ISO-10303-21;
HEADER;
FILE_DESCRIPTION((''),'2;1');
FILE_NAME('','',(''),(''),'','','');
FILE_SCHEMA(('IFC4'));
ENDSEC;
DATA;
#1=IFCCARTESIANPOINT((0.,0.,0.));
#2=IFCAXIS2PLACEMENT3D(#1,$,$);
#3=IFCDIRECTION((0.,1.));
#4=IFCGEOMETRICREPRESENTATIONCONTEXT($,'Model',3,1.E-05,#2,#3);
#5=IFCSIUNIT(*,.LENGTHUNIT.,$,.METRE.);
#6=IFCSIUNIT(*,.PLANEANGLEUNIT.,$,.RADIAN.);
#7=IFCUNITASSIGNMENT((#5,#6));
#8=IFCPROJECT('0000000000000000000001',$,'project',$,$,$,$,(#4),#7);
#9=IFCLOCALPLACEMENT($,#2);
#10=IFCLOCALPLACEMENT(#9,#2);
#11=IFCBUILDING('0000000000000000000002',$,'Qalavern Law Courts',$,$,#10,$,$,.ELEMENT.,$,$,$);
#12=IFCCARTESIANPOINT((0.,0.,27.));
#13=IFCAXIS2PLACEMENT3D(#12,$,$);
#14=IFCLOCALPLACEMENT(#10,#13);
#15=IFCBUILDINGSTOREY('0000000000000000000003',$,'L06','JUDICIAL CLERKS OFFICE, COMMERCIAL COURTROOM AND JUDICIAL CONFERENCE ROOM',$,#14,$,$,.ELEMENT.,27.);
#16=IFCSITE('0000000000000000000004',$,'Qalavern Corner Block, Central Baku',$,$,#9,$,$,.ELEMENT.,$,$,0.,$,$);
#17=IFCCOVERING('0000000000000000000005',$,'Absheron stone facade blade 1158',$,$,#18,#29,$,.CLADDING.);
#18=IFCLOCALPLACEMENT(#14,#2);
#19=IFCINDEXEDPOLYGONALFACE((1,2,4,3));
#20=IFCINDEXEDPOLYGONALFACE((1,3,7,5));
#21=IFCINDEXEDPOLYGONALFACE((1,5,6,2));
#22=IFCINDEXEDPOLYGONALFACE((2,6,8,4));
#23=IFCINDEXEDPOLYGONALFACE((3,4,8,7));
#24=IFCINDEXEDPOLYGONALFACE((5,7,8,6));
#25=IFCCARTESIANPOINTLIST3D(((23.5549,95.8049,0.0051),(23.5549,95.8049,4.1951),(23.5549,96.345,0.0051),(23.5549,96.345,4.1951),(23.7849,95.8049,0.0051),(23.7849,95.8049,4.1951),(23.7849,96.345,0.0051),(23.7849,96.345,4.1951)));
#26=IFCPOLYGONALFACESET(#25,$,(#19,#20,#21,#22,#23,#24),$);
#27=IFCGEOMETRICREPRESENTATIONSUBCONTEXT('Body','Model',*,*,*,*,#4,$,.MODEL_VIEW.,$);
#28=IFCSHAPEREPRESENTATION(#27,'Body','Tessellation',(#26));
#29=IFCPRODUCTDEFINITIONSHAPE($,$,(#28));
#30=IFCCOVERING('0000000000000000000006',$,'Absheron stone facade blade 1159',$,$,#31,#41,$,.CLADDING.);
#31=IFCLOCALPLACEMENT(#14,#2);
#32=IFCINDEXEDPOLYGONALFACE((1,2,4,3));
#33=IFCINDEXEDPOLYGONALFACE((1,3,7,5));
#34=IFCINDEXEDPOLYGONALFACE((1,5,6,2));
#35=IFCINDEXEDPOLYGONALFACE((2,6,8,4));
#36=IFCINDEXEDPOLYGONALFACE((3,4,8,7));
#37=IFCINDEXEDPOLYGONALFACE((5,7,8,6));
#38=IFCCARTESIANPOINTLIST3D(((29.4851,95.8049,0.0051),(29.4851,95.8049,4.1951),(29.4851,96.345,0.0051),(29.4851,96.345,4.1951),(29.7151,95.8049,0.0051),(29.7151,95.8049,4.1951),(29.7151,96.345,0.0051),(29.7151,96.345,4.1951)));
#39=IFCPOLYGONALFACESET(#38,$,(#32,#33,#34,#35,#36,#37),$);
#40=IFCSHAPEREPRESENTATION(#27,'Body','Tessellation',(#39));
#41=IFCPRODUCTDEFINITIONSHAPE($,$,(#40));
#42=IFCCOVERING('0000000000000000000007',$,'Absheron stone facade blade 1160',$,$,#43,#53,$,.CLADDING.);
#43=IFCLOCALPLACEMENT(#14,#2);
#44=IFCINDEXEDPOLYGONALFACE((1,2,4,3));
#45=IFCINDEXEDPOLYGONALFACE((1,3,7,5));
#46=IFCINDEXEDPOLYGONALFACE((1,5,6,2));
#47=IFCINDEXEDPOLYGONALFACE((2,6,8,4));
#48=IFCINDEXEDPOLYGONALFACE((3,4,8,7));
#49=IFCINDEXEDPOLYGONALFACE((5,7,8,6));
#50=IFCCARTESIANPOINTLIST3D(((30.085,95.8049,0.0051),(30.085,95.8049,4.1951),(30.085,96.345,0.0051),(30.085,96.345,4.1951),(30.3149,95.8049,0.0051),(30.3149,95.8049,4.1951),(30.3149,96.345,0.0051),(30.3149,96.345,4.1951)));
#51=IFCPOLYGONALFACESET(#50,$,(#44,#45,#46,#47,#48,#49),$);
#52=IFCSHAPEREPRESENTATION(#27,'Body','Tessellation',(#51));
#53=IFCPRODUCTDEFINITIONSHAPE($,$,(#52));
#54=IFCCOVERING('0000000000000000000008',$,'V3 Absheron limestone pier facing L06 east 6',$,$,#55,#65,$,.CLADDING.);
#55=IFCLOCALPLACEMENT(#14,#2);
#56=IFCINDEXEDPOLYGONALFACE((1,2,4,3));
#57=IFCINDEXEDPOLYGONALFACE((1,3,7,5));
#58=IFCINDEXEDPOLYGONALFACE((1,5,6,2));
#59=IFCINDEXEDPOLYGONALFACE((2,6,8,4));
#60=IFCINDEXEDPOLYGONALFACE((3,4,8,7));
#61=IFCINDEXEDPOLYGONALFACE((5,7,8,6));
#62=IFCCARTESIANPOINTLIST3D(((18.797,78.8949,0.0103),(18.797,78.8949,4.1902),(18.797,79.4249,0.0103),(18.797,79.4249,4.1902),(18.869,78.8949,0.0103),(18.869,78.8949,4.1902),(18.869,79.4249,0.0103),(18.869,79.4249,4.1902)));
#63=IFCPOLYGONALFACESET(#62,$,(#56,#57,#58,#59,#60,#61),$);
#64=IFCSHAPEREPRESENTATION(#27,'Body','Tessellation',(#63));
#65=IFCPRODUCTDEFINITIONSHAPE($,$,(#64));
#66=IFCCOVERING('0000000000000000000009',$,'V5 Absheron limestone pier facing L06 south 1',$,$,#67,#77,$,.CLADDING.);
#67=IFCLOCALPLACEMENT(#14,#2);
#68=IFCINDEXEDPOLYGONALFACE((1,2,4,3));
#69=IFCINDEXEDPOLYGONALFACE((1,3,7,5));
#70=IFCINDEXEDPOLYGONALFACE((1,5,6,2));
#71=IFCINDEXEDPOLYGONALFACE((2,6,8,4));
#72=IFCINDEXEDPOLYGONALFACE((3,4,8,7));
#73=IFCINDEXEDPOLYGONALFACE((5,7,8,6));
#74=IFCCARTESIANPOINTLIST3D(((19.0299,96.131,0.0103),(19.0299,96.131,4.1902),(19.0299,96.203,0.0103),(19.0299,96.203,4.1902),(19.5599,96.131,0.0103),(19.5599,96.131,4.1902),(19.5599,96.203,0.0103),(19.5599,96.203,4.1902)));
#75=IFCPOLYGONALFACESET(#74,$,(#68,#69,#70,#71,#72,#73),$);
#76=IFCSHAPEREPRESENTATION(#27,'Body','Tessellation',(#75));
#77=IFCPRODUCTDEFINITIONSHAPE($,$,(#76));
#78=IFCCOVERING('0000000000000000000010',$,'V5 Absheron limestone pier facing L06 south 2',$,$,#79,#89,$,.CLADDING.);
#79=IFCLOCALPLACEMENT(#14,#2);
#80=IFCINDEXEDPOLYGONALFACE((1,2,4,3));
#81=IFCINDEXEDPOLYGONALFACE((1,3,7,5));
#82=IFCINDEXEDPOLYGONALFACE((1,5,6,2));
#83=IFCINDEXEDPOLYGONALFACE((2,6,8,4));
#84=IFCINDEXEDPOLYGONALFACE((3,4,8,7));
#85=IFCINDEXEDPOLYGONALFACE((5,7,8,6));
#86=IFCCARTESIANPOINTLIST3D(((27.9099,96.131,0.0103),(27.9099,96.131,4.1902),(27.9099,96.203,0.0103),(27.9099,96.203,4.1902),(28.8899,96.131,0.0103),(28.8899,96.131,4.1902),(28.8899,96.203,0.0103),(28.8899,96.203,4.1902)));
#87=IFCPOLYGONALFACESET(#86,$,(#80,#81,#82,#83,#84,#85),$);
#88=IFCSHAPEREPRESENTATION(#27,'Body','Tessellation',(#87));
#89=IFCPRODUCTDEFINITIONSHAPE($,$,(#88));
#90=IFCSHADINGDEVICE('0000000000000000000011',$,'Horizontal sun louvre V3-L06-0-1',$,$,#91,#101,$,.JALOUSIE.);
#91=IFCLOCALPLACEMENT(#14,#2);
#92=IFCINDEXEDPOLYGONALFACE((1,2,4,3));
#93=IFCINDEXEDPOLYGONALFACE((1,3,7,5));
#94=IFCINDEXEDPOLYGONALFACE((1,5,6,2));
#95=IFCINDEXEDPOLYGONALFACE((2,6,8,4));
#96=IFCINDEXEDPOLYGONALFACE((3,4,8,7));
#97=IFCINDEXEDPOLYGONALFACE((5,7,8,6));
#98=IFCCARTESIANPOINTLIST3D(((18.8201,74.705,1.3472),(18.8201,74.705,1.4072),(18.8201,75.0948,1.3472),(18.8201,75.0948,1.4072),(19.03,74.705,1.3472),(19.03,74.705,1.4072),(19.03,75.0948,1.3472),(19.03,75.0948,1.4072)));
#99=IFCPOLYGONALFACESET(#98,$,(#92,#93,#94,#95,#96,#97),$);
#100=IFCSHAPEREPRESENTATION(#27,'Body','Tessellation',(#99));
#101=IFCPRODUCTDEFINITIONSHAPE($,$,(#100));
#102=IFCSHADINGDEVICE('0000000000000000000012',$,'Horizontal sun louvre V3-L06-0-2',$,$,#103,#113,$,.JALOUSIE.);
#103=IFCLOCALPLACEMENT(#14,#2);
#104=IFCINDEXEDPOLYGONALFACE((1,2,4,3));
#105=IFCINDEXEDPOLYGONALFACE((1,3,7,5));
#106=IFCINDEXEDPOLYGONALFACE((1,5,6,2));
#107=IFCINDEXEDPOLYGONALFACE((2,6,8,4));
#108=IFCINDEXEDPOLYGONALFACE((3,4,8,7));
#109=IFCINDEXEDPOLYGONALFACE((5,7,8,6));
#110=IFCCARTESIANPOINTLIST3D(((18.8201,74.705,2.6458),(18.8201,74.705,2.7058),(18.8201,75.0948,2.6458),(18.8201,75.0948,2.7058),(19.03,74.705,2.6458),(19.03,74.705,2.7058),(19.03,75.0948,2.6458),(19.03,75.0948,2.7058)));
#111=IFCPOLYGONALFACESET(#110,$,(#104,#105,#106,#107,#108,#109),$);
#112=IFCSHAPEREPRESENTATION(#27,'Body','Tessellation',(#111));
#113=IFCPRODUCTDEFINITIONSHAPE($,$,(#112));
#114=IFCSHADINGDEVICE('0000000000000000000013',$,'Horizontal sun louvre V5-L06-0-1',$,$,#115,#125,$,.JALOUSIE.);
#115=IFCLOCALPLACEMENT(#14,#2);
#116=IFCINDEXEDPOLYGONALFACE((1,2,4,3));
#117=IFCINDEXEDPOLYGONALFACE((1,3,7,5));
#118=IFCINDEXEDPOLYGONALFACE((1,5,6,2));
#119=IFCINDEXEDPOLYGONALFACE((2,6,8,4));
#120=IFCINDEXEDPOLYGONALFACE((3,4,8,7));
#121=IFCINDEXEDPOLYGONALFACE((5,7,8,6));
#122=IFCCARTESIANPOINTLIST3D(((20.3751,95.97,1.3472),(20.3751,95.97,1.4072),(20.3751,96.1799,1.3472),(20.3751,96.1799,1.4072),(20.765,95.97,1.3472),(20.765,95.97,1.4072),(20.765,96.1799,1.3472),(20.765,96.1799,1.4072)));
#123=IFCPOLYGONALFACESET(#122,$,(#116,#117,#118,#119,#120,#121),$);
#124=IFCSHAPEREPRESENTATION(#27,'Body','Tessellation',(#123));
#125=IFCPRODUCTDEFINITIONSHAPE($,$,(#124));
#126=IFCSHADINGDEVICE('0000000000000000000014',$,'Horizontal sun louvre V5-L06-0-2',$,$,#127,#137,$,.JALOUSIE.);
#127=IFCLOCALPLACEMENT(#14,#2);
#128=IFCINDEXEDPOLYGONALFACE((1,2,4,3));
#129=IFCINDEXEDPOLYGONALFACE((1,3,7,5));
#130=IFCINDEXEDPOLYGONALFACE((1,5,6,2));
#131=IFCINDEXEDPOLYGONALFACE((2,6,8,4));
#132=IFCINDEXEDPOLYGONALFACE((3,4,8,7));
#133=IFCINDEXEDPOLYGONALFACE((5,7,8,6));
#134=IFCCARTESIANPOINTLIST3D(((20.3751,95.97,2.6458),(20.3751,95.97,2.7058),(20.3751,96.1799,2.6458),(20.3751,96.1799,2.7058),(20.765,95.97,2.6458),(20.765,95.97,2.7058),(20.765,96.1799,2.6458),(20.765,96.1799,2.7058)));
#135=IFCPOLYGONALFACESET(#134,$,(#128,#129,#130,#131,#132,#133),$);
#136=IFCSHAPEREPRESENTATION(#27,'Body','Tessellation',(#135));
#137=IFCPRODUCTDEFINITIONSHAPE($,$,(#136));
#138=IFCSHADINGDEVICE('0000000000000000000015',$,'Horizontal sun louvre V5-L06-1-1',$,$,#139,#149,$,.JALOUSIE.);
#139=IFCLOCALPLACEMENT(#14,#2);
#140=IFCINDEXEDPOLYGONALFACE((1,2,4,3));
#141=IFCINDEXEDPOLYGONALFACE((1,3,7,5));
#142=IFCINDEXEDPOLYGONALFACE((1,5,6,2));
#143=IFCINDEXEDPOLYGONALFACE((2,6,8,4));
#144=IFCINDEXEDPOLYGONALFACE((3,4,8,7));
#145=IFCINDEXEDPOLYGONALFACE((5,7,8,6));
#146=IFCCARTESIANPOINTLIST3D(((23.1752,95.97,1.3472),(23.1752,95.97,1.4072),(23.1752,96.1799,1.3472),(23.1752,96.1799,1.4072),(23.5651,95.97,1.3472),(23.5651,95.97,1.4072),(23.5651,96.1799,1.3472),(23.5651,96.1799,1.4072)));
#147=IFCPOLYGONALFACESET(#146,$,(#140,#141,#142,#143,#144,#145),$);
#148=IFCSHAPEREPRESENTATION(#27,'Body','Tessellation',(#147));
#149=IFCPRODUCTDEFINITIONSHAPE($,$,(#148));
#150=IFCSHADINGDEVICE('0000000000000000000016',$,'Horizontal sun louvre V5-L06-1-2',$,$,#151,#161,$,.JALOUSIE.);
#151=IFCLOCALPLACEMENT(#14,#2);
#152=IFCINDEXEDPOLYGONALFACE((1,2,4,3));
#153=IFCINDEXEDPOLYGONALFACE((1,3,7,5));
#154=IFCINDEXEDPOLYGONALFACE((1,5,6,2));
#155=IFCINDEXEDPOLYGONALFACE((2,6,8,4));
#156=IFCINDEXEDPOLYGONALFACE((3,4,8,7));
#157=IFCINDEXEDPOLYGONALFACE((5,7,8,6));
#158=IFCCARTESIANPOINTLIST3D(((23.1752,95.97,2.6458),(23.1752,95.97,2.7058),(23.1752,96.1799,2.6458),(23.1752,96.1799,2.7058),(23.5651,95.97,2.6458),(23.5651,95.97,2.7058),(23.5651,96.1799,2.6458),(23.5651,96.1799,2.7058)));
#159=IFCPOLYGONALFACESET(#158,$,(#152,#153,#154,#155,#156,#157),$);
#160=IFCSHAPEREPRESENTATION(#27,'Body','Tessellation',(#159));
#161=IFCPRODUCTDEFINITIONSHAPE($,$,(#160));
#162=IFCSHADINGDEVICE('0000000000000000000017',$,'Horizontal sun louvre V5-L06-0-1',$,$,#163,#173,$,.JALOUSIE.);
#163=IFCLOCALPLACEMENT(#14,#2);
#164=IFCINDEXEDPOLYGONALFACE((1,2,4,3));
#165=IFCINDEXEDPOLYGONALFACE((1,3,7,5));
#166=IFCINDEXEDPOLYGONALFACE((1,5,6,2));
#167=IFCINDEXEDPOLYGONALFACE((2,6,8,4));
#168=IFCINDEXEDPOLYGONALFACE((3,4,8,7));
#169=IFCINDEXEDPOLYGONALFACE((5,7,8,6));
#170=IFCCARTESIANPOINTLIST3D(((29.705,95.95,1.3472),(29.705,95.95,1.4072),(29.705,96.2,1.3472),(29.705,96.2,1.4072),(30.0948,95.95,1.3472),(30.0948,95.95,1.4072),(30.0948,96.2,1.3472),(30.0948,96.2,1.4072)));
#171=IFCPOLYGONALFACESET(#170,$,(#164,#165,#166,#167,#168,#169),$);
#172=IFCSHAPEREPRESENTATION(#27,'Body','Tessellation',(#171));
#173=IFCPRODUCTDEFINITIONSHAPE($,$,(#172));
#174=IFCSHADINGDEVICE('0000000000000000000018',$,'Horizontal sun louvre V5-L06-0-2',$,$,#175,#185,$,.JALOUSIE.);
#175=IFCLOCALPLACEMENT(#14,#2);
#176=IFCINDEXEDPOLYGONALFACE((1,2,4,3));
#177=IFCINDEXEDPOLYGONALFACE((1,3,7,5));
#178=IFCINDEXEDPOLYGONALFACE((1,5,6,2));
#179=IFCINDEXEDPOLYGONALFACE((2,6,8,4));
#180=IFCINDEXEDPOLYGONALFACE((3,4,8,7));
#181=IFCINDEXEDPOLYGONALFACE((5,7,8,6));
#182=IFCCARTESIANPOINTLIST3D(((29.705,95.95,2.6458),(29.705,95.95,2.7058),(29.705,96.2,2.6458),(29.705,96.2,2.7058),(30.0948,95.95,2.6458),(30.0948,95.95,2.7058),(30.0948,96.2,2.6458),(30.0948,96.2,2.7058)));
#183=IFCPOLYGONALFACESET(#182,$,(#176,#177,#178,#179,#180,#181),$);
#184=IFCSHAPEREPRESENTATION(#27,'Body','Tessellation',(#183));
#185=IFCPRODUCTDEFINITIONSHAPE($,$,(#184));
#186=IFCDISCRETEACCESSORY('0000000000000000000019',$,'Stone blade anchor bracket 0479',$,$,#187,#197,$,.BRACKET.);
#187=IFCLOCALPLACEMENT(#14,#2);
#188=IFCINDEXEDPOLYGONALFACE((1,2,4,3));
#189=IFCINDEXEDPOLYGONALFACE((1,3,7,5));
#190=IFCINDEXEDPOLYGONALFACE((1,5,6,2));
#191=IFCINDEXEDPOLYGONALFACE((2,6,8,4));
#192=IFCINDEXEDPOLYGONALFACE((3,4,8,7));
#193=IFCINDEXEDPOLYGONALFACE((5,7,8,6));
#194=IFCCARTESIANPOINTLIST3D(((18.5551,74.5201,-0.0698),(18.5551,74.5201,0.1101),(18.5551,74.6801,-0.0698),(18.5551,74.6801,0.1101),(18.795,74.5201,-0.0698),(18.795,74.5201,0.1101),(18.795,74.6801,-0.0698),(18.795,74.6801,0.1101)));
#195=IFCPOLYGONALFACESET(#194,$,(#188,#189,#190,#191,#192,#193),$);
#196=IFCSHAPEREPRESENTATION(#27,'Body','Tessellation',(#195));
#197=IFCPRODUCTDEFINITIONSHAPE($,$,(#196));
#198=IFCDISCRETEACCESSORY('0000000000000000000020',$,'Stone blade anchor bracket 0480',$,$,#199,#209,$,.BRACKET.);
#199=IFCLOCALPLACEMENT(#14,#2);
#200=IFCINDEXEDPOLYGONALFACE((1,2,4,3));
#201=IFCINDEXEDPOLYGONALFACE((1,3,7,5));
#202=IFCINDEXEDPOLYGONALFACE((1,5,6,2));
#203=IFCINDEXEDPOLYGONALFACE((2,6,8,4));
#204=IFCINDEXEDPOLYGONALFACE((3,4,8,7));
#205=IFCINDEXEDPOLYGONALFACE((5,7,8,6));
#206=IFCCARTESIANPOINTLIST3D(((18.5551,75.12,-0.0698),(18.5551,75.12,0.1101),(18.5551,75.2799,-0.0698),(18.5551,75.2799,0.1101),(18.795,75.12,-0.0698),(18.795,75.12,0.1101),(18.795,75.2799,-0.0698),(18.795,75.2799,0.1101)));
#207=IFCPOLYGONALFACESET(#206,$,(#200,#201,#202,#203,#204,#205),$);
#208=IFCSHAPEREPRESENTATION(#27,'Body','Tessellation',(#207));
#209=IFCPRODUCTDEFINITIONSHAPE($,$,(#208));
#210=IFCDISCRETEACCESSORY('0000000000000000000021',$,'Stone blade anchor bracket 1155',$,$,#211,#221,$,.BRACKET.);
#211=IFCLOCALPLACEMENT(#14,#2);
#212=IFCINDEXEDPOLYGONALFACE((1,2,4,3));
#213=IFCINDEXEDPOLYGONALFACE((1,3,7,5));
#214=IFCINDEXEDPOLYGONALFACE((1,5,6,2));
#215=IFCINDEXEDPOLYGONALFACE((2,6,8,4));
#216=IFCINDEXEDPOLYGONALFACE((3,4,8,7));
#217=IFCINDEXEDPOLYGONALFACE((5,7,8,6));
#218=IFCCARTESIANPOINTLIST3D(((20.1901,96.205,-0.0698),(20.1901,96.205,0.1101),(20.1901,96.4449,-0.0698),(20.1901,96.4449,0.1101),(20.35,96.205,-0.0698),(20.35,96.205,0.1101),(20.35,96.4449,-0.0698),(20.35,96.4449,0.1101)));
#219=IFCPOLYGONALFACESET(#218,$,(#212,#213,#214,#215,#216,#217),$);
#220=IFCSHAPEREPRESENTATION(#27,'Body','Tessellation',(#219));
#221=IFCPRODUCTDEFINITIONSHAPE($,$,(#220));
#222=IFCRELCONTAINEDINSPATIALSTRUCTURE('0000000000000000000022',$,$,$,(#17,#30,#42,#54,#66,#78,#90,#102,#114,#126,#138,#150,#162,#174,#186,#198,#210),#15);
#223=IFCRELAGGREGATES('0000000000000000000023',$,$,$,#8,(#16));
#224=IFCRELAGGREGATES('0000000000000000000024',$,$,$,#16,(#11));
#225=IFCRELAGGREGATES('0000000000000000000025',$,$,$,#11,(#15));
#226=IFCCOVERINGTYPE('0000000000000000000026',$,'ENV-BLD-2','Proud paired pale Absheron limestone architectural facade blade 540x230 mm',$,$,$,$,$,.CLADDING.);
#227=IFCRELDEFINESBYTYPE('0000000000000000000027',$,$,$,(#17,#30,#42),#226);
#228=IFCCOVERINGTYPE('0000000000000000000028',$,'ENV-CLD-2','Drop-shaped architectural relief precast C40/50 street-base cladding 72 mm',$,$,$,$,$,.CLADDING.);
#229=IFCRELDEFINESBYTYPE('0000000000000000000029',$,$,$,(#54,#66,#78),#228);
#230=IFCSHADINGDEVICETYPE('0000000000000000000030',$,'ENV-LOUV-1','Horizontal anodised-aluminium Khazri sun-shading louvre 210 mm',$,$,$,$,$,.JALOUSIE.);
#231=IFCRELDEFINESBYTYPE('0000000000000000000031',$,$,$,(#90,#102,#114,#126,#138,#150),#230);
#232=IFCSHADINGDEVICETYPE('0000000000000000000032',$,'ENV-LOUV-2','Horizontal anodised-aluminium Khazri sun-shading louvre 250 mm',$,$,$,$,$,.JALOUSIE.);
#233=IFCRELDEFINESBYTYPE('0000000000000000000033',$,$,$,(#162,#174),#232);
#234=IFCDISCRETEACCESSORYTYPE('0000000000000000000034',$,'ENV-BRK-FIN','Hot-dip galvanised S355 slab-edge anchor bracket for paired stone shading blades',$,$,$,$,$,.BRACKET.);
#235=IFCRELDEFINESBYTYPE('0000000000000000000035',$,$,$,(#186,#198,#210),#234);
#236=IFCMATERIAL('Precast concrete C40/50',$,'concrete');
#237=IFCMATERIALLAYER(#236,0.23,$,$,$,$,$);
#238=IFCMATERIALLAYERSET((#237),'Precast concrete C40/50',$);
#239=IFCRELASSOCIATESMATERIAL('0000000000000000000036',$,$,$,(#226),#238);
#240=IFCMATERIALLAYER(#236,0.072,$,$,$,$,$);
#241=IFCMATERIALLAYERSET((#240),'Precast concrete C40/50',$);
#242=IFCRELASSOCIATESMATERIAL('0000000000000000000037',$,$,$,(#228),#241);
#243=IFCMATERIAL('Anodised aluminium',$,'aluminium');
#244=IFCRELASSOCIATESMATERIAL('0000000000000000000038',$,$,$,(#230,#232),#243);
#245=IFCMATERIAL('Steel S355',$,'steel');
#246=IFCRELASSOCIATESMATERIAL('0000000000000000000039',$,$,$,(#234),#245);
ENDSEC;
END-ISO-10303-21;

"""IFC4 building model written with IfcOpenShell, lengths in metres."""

from ifc_helpers import new_model, si_unit, direction, frame, origin, origin_2d, place, context, subcontext, project, spatial, rectangle, extrude, material, layer, layer_set, type_object, element, save


model = new_model("IFC4")

# Units and contexts
model_context = context("Model", 3, precision=1e-05, world=origin(), true_north=direction((0.0, 1.0)))
body_context = subcontext(model_context, "Body", "Model", "MODEL_VIEW")
ifc_project = project(units=[si_unit("LENGTHUNIT", "METRE"), si_unit("PLANEANGLEUNIT", "RADIAN")], contexts=[model_context])

# Site, building, storey
site_placement = place(None, origin())
site = spatial("IfcSite", under=ifc_project, at=site_placement, Name="Qalavern Corner Block, Central Baku", CompositionType="ELEMENT", RefElevation=0.0)
building_placement = place(site_placement, origin())
building = spatial("IfcBuilding", under=site, at=building_placement, Name="Qalavern Law Courts", CompositionType="ELEMENT")
storey_placement = place(building_placement, frame((0.0, 0.0, 27.0)))
storey = spatial("IfcBuildingStorey", under=building, at=storey_placement, Name="L06", Description="JUDICIAL CLERKS OFFICE, COMMERCIAL COURTROOM AND JUDICIAL CONFERENCE ROOM", CompositionType="ELEMENT", Elevation=27.0)

# Shared definitions
ifc_material_1 = material(Name="Anodised aluminium", Category="aluminium")

# Shared definitions
ifc_material_2 = material(Name="Steel S355", Category="steel")

# Coverings
ifc_material_3 = material(Name="Precast concrete C40/50", Category="concrete")
ifc_layer_1 = layer(ifc_material_3, 0.23)
ifc_layer_set_1 = layer_set([ifc_layer_1], Name="Precast concrete C40/50")
covering_type_1 = type_object("IfcCoveringType", Name="ENV-BLD-2", Description="Proud paired pale Absheron limestone architectural facade blade 540x230 mm", PredefinedType="CLADDING", material=ifc_layer_set_1)
for number, where, z_axis, x_axis, name in (
    (1, (23.6699, 96.075, 0.0051), (0.0, 0.0, 1.0), (0.0, -1.0, 0.0), "Absheron stone facade blade 1158"),
    (2, (29.6001, 96.075, 0.0051), (0.0, 0.0, 1.0), (0.0, -1.0, 0.0), "Absheron stone facade blade 1159"),
    (3, (30.2, 96.075, 0.0051), (0.0, 0.0, 1.0), (0.0, -1.0, 0.0), "Absheron stone facade blade 1160"),
):
    element("IfcCovering", number, at=place(storey_placement, frame(where, z_axis=z_axis, x_axis=x_axis)), inside=storey, type_object=covering_type_1, Name=name, PredefinedType="CLADDING", context=body_context, shape_type="SweptSolid", body=[
        extrude(rectangle(XDim=0.54, YDim=0.23, at=origin_2d()), origin(), (0.0, 0.0, 1.0), 4.1899),
    ])
ifc_layer_2 = layer(ifc_material_3, 0.072)
ifc_layer_set_2 = layer_set([ifc_layer_2], Name="Precast concrete C40/50")
covering_type_2 = type_object("IfcCoveringType", Name="ENV-CLD-2", Description="Drop-shaped architectural relief precast C40/50 street-base cladding 72 mm", PredefinedType="CLADDING", material=ifc_layer_set_2)
for number, where, z_axis, x_axis, name in (
    (4, (18.833, 79.1599, 0.0103), (0.0, 0.0, 1.0), (0.0, 1.0, 0.0), "V3 Absheron limestone pier facing L06 east 6"),
    (5, (19.2949, 96.167, 0.0103), (0.0, 0.0, 1.0), (1.0, 0.0, 0.0), "V5 Absheron limestone pier facing L06 south 1"),
):
    element("IfcCovering", number, at=place(storey_placement, frame(where, z_axis=z_axis, x_axis=x_axis)), inside=storey, type_object=covering_type_2, Name=name, PredefinedType="CLADDING", context=body_context, shape_type="SweptSolid", body=[
        extrude(rectangle(XDim=0.53, YDim=0.072, at=origin_2d()), origin(), (0.0, 0.0, 1.0), 4.1799),
    ])
covering_placement = place(storey_placement, frame((28.3999, 96.167, 0.0103), z_axis=(0.0, 0.0, 1.0), x_axis=(1.0, 0.0, 0.0)))
element("IfcCovering", 6, at=covering_placement, inside=storey, type_object=covering_type_2, Name="V5 Absheron limestone pier facing L06 south 2", PredefinedType="CLADDING", context=body_context, shape_type="SweptSolid", body=[
    extrude(rectangle(XDim=0.98, YDim=0.072, at=origin_2d()), origin(), (0.0, 0.0, 1.0), 4.1799),
])

# Shading devices
shading_device_type_1 = type_object("IfcShadingDeviceType", Name="ENV-LOUV-1", Description="Horizontal anodised-aluminium Khazri sun-shading louvre 210 mm", PredefinedType="JALOUSIE", material=ifc_material_1)
for number, where, z_axis, x_axis, name in (
    (7, (18.925, 74.8999, 1.3472), (0.0, 0.0, 1.0), (0.0, 1.0, 0.0), "Horizontal sun louvre V3-L06-0-1"),
    (8, (18.925, 74.8999, 2.6458), (0.0, 0.0, 1.0), (0.0, 1.0, 0.0), "Horizontal sun louvre V3-L06-0-2"),
    (9, (20.5701, 96.075, 1.3472), (0.0, 0.0, 1.0), (1.0, 0.0, 0.0), "Horizontal sun louvre V5-L06-0-1"),
    (10, (20.5701, 96.075, 2.6458), (0.0, 0.0, 1.0), (1.0, 0.0, 0.0), "Horizontal sun louvre V5-L06-0-2"),
    (11, (23.3701, 96.075, 1.3472), (0.0, 0.0, 1.0), (1.0, 0.0, 0.0), "Horizontal sun louvre V5-L06-1-1"),
    (12, (23.3701, 96.075, 2.6458), (0.0, 0.0, 1.0), (1.0, 0.0, 0.0), "Horizontal sun louvre V5-L06-1-2"),
):
    element("IfcShadingDevice", number, at=place(storey_placement, frame(where, z_axis=z_axis, x_axis=x_axis)), inside=storey, type_object=shading_device_type_1, Name=name, PredefinedType="JALOUSIE", context=body_context, shape_type="SweptSolid", body=[
        extrude(rectangle(XDim=0.3899, YDim=0.21, at=origin_2d()), origin(), (0.0, 0.0, 1.0), 0.0601),
    ])
shading_device_type_2 = type_object("IfcShadingDeviceType", Name="ENV-LOUV-2", Description="Horizontal anodised-aluminium Khazri sun-shading louvre 250 mm", PredefinedType="JALOUSIE", material=ifc_material_1)
for number, where, z_axis, x_axis, name in (
    (13, (29.8999, 96.075, 1.3472), (0.0, 0.0, 1.0), (1.0, 0.0, 0.0), "Horizontal sun louvre V5-L06-0-1"),
    (14, (29.8999, 96.075, 2.6458), (0.0, 0.0, 1.0), (1.0, 0.0, 0.0), "Horizontal sun louvre V5-L06-0-2"),
):
    element("IfcShadingDevice", number, at=place(storey_placement, frame(where, z_axis=z_axis, x_axis=x_axis)), inside=storey, type_object=shading_device_type_2, Name=name, PredefinedType="JALOUSIE", context=body_context, shape_type="SweptSolid", body=[
        extrude(rectangle(XDim=0.3899, YDim=0.25, at=origin_2d()), origin(), (0.0, 0.0, 1.0), 0.0601),
    ])

# Discrete accessories
discrete_accessory_type = type_object("IfcDiscreteAccessoryType", Name="ENV-BRK-FIN", Description="Hot-dip galvanised S355 slab-edge anchor bracket for paired stone shading blades", PredefinedType="BRACKET", material=ifc_material_2)
for number, where, z_axis, x_axis, name in (
    (15, (18.675, 74.6001, -0.0698), (0.0, 0.0, 1.0), (1.0, 0.0, 0.0), "Stone blade anchor bracket 0479"),
    (16, (18.675, 75.2, -0.0698), (0.0, 0.0, 1.0), (1.0, 0.0, 0.0), "Stone blade anchor bracket 0480"),
    (17, (20.27, 96.325, -0.0698), (0.0, 0.0, 1.0), (0.0, -1.0, 0.0), "Stone blade anchor bracket 1155"),
):
    element("IfcDiscreteAccessory", number, at=place(storey_placement, frame(where, z_axis=z_axis, x_axis=x_axis)), inside=storey, type_object=discrete_accessory_type, Name=name, PredefinedType="BRACKET", context=body_context, shape_type="SweptSolid", body=[
        extrude(rectangle(XDim=0.24, YDim=0.1599, at=origin_2d()), origin(), (0.0, 0.0, 1.0), 0.1799),
    ])

save(model, "model.ifc")
